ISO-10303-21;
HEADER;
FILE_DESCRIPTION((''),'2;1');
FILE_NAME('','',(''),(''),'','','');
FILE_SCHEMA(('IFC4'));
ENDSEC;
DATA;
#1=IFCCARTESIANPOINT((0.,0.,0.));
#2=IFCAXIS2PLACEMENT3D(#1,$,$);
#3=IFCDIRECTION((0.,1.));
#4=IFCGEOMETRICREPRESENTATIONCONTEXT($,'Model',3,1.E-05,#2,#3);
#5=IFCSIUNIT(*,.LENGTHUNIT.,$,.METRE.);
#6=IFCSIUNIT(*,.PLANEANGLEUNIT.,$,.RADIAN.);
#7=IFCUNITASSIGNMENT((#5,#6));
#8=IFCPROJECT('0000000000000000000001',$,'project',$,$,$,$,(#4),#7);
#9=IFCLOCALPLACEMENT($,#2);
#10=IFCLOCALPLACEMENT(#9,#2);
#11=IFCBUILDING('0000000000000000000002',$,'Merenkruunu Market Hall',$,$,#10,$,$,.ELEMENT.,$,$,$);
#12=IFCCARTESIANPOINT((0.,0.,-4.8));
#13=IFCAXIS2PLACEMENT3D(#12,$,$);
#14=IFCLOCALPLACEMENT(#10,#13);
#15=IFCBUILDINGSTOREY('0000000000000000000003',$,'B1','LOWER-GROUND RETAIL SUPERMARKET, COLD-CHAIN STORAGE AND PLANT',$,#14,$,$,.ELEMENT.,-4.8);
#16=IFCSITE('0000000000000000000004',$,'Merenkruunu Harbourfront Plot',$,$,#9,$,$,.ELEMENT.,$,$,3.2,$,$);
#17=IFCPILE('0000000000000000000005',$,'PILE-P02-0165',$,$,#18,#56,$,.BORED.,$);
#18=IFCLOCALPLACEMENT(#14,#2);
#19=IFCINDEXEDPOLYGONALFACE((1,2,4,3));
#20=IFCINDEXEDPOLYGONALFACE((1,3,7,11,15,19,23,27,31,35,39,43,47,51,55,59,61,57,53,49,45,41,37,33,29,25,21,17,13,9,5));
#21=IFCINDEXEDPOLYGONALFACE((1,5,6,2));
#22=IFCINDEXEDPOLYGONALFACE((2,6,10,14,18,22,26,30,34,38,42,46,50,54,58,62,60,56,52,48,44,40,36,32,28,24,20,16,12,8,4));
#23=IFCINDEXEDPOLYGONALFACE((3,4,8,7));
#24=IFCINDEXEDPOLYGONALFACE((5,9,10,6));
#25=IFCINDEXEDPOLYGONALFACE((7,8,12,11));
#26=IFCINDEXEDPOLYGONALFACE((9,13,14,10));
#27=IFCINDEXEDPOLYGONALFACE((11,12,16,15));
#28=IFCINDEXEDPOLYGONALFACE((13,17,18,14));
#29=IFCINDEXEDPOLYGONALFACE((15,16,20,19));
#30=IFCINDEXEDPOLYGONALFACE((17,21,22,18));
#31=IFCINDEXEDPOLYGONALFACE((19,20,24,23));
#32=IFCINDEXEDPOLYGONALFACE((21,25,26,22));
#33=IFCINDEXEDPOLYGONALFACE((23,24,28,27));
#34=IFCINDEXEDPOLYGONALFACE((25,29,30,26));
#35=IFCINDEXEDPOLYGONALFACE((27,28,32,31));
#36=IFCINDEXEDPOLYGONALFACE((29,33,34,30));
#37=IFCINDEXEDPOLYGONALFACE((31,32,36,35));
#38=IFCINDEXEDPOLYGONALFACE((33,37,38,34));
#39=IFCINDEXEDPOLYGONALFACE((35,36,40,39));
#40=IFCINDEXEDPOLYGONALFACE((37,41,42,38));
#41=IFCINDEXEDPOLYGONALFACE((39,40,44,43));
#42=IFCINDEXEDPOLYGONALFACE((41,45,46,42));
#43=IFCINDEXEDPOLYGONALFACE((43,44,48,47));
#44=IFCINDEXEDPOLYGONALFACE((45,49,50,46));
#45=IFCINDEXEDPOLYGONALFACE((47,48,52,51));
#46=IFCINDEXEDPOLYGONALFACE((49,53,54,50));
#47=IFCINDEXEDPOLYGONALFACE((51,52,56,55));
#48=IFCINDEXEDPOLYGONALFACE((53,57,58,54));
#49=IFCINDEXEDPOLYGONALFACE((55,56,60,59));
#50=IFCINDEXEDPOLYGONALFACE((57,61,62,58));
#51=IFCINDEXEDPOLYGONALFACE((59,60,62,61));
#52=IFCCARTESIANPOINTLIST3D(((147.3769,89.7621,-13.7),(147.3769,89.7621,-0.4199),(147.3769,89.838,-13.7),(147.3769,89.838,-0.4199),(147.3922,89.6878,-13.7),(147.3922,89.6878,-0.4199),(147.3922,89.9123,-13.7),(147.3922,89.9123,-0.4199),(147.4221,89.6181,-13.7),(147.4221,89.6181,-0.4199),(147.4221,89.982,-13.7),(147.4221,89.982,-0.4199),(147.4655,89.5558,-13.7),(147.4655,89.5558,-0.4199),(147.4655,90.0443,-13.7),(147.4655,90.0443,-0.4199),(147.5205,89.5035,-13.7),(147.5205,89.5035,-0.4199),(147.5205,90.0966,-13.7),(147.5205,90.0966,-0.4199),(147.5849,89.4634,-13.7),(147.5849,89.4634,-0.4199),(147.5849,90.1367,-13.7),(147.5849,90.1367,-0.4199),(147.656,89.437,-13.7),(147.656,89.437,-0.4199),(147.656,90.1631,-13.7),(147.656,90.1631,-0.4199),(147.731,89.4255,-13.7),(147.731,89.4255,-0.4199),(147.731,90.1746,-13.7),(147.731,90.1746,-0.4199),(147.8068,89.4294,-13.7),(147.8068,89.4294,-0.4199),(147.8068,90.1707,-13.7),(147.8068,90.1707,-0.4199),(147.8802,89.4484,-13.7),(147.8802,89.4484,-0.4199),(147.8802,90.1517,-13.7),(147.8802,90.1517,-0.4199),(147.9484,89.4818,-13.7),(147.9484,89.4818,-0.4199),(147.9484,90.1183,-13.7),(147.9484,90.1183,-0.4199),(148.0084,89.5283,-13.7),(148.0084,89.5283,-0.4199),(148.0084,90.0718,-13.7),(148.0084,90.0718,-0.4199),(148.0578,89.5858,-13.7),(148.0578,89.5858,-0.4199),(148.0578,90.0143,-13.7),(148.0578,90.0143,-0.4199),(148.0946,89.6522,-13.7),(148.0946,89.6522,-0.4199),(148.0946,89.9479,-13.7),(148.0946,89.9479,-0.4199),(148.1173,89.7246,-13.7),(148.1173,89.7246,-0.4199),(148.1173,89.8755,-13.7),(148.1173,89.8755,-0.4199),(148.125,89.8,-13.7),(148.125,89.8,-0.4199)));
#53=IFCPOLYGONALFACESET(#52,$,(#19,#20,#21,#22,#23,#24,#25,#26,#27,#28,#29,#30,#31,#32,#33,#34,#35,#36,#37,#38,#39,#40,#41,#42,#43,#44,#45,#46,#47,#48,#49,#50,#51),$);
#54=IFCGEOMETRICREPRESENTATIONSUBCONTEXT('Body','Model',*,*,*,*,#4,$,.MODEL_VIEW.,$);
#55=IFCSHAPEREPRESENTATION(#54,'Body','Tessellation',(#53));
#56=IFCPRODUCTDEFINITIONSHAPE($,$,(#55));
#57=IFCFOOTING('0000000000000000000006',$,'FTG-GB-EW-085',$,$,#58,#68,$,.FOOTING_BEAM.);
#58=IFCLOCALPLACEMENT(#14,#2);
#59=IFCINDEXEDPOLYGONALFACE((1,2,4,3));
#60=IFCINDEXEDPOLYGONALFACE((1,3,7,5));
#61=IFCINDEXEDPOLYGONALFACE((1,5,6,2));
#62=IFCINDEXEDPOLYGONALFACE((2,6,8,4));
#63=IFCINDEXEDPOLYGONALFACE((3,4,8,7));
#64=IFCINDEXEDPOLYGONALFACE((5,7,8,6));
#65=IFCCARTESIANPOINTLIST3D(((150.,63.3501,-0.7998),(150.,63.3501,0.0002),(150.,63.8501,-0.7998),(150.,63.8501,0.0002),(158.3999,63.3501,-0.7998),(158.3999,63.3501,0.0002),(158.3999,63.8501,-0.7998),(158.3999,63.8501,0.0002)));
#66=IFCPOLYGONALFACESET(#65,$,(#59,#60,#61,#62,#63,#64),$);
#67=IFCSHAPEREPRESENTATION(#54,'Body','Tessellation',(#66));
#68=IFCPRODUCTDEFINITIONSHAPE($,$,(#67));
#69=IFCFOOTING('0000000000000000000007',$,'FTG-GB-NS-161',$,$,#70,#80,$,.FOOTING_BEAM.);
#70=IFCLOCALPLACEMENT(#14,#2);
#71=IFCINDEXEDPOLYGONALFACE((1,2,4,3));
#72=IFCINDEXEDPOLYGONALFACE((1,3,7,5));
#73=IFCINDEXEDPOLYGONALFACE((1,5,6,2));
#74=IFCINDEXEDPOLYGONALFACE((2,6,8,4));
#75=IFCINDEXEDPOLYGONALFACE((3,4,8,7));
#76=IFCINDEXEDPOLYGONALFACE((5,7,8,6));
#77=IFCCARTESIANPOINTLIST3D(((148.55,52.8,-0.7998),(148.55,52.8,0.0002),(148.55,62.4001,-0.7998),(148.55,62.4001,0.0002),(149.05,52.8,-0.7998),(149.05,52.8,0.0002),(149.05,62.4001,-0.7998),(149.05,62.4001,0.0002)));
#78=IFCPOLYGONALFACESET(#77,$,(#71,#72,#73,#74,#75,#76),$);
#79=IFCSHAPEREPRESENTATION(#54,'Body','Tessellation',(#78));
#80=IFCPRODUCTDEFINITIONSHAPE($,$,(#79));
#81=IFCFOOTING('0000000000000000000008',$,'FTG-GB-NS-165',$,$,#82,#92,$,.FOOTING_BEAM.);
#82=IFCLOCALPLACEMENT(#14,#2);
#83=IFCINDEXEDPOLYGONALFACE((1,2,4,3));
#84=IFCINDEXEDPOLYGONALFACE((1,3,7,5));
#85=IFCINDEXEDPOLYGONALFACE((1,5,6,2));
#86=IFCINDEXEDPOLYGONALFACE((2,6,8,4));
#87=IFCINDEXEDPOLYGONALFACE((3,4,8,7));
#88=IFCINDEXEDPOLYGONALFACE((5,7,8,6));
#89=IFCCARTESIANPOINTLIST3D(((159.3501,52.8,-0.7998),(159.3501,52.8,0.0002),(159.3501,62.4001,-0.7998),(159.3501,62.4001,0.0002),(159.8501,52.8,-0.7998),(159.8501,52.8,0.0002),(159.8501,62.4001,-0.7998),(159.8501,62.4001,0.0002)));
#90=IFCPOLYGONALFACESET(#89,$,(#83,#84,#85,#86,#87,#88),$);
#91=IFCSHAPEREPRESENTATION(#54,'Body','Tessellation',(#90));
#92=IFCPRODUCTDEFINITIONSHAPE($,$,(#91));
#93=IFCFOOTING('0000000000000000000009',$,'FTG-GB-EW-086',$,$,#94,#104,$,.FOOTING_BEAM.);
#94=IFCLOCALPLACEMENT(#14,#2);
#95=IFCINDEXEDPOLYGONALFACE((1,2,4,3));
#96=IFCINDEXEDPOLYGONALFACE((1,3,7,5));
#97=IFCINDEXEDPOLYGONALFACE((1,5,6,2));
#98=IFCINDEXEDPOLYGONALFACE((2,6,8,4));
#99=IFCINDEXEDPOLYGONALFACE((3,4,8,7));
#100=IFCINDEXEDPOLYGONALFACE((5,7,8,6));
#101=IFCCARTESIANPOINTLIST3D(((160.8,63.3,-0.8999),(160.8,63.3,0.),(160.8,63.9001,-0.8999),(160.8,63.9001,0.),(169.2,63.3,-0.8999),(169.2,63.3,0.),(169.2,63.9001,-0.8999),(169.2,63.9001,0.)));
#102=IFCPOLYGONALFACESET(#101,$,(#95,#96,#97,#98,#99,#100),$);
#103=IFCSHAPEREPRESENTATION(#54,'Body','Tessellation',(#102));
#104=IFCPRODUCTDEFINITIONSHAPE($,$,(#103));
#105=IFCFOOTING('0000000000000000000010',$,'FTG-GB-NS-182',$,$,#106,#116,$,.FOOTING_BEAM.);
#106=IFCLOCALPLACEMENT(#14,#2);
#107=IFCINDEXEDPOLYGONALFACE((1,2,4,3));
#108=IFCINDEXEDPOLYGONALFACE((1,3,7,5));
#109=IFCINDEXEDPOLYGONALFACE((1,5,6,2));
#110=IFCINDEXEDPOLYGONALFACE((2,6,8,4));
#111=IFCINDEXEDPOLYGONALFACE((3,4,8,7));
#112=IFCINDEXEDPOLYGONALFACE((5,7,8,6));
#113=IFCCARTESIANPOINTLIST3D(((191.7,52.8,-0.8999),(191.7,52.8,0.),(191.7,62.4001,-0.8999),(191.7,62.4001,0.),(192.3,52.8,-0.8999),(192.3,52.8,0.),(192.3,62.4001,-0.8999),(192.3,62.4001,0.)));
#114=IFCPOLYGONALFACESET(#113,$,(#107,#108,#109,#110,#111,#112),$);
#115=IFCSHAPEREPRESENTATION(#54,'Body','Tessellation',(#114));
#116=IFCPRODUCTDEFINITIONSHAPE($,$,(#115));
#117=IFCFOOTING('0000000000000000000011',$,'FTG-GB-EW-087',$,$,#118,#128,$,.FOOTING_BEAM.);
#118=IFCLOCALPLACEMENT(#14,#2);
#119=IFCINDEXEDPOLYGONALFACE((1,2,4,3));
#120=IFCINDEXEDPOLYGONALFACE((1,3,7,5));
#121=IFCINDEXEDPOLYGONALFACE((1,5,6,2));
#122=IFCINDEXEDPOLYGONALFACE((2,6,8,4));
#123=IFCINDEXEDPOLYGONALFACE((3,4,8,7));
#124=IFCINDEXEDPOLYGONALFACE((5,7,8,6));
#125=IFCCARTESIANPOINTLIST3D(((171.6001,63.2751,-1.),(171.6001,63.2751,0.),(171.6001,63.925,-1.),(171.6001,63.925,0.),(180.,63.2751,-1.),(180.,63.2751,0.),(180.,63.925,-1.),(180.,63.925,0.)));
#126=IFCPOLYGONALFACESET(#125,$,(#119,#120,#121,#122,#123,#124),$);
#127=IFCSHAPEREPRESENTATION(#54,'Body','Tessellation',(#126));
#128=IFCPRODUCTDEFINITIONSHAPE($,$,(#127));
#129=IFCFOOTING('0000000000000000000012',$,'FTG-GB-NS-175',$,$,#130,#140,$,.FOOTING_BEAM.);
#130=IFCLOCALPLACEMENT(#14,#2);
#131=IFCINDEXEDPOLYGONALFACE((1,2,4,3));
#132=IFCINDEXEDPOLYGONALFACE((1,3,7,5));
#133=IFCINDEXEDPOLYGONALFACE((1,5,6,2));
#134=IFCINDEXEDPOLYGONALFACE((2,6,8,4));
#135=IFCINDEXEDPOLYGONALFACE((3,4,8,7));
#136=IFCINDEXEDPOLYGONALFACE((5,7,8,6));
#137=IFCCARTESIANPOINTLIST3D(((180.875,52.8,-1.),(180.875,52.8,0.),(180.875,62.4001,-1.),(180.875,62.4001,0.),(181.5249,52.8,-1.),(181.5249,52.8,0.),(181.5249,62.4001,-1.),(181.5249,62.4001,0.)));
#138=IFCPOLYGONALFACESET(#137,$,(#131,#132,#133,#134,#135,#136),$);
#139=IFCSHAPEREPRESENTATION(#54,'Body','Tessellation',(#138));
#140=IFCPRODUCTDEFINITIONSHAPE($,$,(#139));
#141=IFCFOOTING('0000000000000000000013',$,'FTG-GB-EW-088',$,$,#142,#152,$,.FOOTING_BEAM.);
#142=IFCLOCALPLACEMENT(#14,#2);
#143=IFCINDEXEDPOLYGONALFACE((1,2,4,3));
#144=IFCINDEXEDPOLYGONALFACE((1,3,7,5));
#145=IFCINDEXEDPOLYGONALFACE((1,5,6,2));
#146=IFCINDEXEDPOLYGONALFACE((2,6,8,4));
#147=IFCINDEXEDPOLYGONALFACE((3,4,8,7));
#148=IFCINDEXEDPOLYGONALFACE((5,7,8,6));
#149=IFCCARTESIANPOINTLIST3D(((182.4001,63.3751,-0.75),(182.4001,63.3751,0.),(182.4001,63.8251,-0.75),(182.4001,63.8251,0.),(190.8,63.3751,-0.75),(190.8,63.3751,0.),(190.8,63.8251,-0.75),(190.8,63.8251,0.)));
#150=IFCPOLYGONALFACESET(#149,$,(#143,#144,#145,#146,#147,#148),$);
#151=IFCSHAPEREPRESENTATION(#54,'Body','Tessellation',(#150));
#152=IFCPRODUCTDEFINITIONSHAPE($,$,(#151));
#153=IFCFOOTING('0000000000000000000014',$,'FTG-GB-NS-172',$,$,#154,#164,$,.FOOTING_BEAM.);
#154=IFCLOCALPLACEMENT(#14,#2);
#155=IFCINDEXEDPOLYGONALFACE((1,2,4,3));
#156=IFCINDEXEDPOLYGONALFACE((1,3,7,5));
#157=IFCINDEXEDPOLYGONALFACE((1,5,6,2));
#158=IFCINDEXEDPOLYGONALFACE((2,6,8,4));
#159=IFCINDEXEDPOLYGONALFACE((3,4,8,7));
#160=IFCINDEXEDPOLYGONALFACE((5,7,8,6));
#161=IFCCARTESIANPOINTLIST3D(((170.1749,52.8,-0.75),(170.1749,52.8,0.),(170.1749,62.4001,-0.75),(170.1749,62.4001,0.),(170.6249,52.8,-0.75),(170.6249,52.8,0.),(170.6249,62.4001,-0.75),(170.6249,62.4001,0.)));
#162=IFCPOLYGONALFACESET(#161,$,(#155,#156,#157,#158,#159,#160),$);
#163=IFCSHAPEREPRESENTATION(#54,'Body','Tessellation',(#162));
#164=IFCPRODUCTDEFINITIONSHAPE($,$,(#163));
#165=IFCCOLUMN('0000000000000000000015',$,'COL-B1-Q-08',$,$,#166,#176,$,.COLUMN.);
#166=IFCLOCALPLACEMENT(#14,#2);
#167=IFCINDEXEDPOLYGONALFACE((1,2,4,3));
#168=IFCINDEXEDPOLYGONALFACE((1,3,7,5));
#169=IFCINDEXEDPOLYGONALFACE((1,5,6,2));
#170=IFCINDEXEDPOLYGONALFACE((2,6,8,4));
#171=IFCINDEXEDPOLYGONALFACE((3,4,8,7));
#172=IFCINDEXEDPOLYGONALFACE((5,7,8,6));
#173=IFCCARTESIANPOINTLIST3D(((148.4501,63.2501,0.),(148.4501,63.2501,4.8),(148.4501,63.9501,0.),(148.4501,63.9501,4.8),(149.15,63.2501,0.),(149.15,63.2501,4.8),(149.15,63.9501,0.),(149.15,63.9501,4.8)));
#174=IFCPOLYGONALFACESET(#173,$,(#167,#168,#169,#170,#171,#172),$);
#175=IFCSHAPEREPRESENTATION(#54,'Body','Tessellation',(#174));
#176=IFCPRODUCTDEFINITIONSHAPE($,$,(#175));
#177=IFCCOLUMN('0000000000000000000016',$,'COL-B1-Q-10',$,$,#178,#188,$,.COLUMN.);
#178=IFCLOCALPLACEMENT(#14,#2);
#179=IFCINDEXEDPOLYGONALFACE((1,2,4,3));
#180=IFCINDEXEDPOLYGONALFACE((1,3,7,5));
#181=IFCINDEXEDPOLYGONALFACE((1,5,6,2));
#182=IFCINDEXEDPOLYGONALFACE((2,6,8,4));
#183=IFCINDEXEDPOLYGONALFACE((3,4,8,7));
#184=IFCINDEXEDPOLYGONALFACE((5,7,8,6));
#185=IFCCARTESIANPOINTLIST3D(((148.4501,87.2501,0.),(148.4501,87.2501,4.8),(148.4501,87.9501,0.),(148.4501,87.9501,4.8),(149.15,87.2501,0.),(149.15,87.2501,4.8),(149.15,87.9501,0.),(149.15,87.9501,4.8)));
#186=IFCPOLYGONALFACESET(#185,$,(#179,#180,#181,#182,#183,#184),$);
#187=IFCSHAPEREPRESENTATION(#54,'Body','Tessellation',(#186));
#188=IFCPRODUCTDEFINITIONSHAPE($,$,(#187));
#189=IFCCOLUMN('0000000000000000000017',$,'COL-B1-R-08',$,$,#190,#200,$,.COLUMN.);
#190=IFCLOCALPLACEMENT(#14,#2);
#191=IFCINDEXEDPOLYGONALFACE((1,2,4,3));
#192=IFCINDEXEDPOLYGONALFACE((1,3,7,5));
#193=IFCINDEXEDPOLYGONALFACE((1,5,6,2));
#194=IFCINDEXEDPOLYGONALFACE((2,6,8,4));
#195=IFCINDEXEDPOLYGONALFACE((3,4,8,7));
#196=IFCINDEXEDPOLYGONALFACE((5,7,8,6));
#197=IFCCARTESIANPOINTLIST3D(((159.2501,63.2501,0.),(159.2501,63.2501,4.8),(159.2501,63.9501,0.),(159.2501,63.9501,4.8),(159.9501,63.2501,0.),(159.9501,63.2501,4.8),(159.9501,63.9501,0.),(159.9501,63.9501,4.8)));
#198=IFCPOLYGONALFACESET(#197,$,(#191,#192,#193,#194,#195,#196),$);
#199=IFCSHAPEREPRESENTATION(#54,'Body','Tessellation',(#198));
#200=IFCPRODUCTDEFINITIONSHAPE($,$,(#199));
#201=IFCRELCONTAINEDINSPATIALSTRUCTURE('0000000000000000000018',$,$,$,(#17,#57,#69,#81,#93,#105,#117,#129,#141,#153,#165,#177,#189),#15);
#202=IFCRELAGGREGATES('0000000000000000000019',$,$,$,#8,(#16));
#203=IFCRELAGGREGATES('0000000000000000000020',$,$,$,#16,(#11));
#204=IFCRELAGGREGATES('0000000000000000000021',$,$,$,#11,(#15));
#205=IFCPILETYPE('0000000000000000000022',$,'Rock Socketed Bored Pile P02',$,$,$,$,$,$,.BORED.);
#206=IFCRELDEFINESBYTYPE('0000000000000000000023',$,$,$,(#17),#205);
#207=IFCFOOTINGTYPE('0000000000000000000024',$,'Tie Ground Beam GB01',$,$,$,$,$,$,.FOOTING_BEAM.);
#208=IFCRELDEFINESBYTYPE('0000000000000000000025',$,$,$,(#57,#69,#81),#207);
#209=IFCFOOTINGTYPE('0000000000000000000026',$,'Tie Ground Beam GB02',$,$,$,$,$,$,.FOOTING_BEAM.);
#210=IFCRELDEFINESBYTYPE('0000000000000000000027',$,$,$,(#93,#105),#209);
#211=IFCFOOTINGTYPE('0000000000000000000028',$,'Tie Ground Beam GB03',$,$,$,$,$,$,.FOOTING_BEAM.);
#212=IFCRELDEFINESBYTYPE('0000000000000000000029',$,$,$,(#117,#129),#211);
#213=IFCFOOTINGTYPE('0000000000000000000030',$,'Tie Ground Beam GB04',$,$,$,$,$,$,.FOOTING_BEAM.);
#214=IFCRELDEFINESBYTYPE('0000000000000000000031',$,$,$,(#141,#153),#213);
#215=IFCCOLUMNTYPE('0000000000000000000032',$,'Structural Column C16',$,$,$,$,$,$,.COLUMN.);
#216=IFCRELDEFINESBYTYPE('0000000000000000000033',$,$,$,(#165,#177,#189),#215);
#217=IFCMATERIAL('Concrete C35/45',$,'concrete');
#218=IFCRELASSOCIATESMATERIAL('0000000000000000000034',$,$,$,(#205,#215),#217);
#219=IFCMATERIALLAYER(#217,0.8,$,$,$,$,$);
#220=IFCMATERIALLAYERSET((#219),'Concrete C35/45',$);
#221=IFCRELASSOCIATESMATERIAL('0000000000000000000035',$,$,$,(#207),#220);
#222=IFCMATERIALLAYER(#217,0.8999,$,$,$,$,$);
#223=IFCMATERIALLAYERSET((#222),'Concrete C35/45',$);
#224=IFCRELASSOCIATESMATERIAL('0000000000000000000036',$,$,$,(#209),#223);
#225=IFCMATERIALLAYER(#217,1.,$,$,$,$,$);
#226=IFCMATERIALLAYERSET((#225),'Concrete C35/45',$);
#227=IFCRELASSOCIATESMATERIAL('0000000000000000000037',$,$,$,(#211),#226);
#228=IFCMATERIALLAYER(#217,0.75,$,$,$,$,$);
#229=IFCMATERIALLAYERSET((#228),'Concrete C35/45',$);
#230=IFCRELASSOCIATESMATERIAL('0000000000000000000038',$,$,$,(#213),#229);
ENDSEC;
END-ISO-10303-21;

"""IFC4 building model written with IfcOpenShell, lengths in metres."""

from ifc_helpers import new_model, si_unit, direction, frame, origin, origin_2d, place, context, subcontext, project, spatial, rectangle, circle, extrude, material, layer, layer_set, material_profile, profile_set, type_object, element, save


model = new_model("IFC4")

# Units and contexts
model_context = context("Model", 3, precision=1e-05, world=origin(), true_north=direction((0.0, 1.0)))
body_context = subcontext(model_context, "Body", "Model", "MODEL_VIEW")
ifc_project = project(units=[si_unit("LENGTHUNIT", "METRE"), si_unit("PLANEANGLEUNIT", "RADIAN")], contexts=[model_context])

# Site, building, storey
site_placement = place(None, origin())
site = spatial("IfcSite", under=ifc_project, at=site_placement, Name="Merenkruunu Harbourfront Plot", CompositionType="ELEMENT", RefElevation=3.2)
building_placement = place(site_placement, origin())
building = spatial("IfcBuilding", under=site, at=building_placement, Name="Merenkruunu Market Hall", CompositionType="ELEMENT")
storey_placement = place(building_placement, frame((0.0, 0.0, -4.8)))
storey = spatial("IfcBuildingStorey", under=building, at=storey_placement, Name="B1", Description="LOWER-GROUND RETAIL SUPERMARKET, COLD-CHAIN STORAGE AND PLANT", CompositionType="ELEMENT", Elevation=-4.8)

# Shared definitions
ifc_material = material(Name="Concrete C35/45", Category="concrete")

# Pile
ifc_material_profile_1 = material_profile(ifc_material, circle(Radius=0.375, at=origin_2d()), Name="BORED PILE 750")
ifc_profile_set_1 = profile_set([ifc_material_profile_1], Name="Concrete C35/45")
pile_type_1 = type_object("IfcPileType", Name="Rock Socketed Bored Pile P02", PredefinedType="BORED", material=ifc_profile_set_1)
for number, where, z_axis, x_axis, name in (
    (1, (147.75, 89.8, -0.4199), (0.0, 0.0, -1.0), (1.0, 0.0, 0.0), "PILE-P02-0165"),
):
    element("IfcPile", number, at=place(storey_placement, frame(where, z_axis=z_axis, x_axis=x_axis)), inside=storey, type_object=pile_type_1, Name=name, PredefinedType="BORED", context=body_context, shape_type="SweptSolid", body=[
        extrude(circle(Radius=0.375, at=origin_2d()), origin(), (0.0, 0.0, 1.0), 13.28),
    ])

# Footings
ifc_layer_1 = layer(ifc_material, 0.8)
ifc_layer_set_1 = layer_set([ifc_layer_1], Name="Concrete C35/45")
footing_type_1 = type_object("IfcFootingType", Name="Tie Ground Beam GB01", PredefinedType="FOOTING_BEAM", material=ifc_layer_set_1)
footing_1_placement = place(storey_placement, frame((154.2, 63.6001, -0.7998), z_axis=(0.0, 0.0, 1.0), x_axis=(1.0, 0.0, 0.0)))
element("IfcFooting", 2, at=footing_1_placement, inside=storey, type_object=footing_type_1, Name="FTG-GB-EW-085", PredefinedType="FOOTING_BEAM", context=body_context, shape_type="SweptSolid", body=[
    extrude(rectangle(XDim=8.3999, YDim=0.5, at=origin_2d()), origin(), (0.0, 0.0, 1.0), 0.8),
])
for number, where, z_axis, x_axis, name in (
    (3, (148.8, 57.6001, -0.7998), (0.0, 0.0, 1.0), (0.0, 1.0, 0.0), "FTG-GB-NS-161"),
    (4, (159.6001, 57.6001, -0.7998), (0.0, 0.0, 1.0), (0.0, 1.0, 0.0), "FTG-GB-NS-165"),
):
    element("IfcFooting", number, at=place(storey_placement, frame(where, z_axis=z_axis, x_axis=x_axis)), inside=storey, type_object=footing_type_1, Name=name, PredefinedType="FOOTING_BEAM", context=body_context, shape_type="SweptSolid", body=[
        extrude(rectangle(XDim=9.6001, YDim=0.5, at=origin_2d()), origin(), (0.0, 0.0, 1.0), 0.8),
    ])
ifc_layer_2 = layer(ifc_material, 0.8999)
ifc_layer_set_2 = layer_set([ifc_layer_2], Name="Concrete C35/45")
footing_type_2 = type_object("IfcFootingType", Name="Tie Ground Beam GB02", PredefinedType="FOOTING_BEAM", material=ifc_layer_set_2)
footing_2_placement = place(storey_placement, frame((165.0, 63.6001, -0.8999), z_axis=(0.0, 0.0, 1.0), x_axis=(1.0, 0.0, 0.0)))
element("IfcFooting", 5, at=footing_2_placement, inside=storey, type_object=footing_type_2, Name="FTG-GB-EW-086", PredefinedType="FOOTING_BEAM", context=body_context, shape_type="SweptSolid", body=[
    extrude(rectangle(XDim=8.3999, YDim=0.6001, at=origin_2d()), origin(), (0.0, 0.0, 1.0), 0.8999),
])
footing_3_placement = place(storey_placement, frame((192.0, 57.6001, -0.8999), z_axis=(0.0, 0.0, 1.0), x_axis=(0.0, 1.0, 0.0)))
element("IfcFooting", 6, at=footing_3_placement, inside=storey, type_object=footing_type_2, Name="FTG-GB-NS-182", PredefinedType="FOOTING_BEAM", context=body_context, shape_type="SweptSolid", body=[
    extrude(rectangle(XDim=9.6001, YDim=0.6001, at=origin_2d()), origin(), (0.0, 0.0, 1.0), 0.8999),
])
ifc_layer_3 = layer(ifc_material, 1.0)
ifc_layer_set_3 = layer_set([ifc_layer_3], Name="Concrete C35/45")
footing_type_3 = type_object("IfcFootingType", Name="Tie Ground Beam GB03", PredefinedType="FOOTING_BEAM", material=ifc_layer_set_3)
footing_4_placement = place(storey_placement, frame((175.8, 63.6001, -1.0), z_axis=(0.0, 0.0, 1.0), x_axis=(1.0, 0.0, 0.0)))
element("IfcFooting", 7, at=footing_4_placement, inside=storey, type_object=footing_type_3, Name="FTG-GB-EW-087", PredefinedType="FOOTING_BEAM", context=body_context, shape_type="SweptSolid", body=[
    extrude(rectangle(XDim=8.3999, YDim=0.6499, at=origin_2d()), origin(), (0.0, 0.0, 1.0), 1.0),
])
footing_5_placement = place(storey_placement, frame((181.2, 57.6001, -1.0), z_axis=(0.0, 0.0, 1.0), x_axis=(0.0, 1.0, 0.0)))
element("IfcFooting", 8, at=footing_5_placement, inside=storey, type_object=footing_type_3, Name="FTG-GB-NS-175", PredefinedType="FOOTING_BEAM", context=body_context, shape_type="SweptSolid", body=[
    extrude(rectangle(XDim=9.6001, YDim=0.6499, at=origin_2d()), origin(), (0.0, 0.0, 1.0), 1.0),
])
ifc_layer_4 = layer(ifc_material, 0.75)
ifc_layer_set_4 = layer_set([ifc_layer_4], Name="Concrete C35/45")
footing_type_4 = type_object("IfcFootingType", Name="Tie Ground Beam GB04", PredefinedType="FOOTING_BEAM", material=ifc_layer_set_4)
footing_6_placement = place(storey_placement, frame((186.6001, 63.6001, -0.75), z_axis=(0.0, 0.0, 1.0), x_axis=(1.0, 0.0, 0.0)))
element("IfcFooting", 9, at=footing_6_placement, inside=storey, type_object=footing_type_4, Name="FTG-GB-EW-088", PredefinedType="FOOTING_BEAM", context=body_context, shape_type="SweptSolid", body=[
    extrude(rectangle(XDim=8.3999, YDim=0.45, at=origin_2d()), origin(), (0.0, 0.0, 1.0), 0.75),
])
footing_7_placement = place(storey_placement, frame((170.3999, 57.6001, -0.75), z_axis=(0.0, 0.0, 1.0), x_axis=(0.0, 1.0, 0.0)))
element("IfcFooting", 10, at=footing_7_placement, inside=storey, type_object=footing_type_4, Name="FTG-GB-NS-172", PredefinedType="FOOTING_BEAM", context=body_context, shape_type="SweptSolid", body=[
    extrude(rectangle(XDim=9.6001, YDim=0.45, at=origin_2d()), origin(), (0.0, 0.0, 1.0), 0.75),
])

# Columns
ifc_material_profile_2 = material_profile(ifc_material, rectangle(XDim=0.7, YDim=0.7, at=origin_2d()), Name="RC 700x700")
ifc_profile_set_2 = profile_set([ifc_material_profile_2], Name="Concrete C35/45")
column_type_1 = type_object("IfcColumnType", Name="Structural Column C16", PredefinedType="COLUMN", material=ifc_profile_set_2)
for number, where, z_axis, x_axis, name in (
    (11, (148.8, 63.6001, 0.0), (0.0, 0.0, 1.0), (1.0, 0.0, 0.0), "COL-B1-Q-08"),
    (12, (148.8, 87.6001, 0.0), (0.0, 0.0, 1.0), (1.0, 0.0, 0.0), "COL-B1-Q-10"),
    (13, (159.6001, 63.6001, 0.0), (0.0, 0.0, 1.0), (1.0, 0.0, 0.0), "COL-B1-R-08"),
):
    element("IfcColumn", number, at=place(storey_placement, frame(where, z_axis=z_axis, x_axis=x_axis)), inside=storey, type_object=column_type_1, Name=name, PredefinedType="COLUMN", context=body_context, shape_type="SweptSolid", body=[
        extrude(rectangle(XDim=0.7, YDim=0.7, at=origin_2d()), origin(), (0.0, 0.0, 1.0), 4.8),
    ])

save(model, "model.ifc")
